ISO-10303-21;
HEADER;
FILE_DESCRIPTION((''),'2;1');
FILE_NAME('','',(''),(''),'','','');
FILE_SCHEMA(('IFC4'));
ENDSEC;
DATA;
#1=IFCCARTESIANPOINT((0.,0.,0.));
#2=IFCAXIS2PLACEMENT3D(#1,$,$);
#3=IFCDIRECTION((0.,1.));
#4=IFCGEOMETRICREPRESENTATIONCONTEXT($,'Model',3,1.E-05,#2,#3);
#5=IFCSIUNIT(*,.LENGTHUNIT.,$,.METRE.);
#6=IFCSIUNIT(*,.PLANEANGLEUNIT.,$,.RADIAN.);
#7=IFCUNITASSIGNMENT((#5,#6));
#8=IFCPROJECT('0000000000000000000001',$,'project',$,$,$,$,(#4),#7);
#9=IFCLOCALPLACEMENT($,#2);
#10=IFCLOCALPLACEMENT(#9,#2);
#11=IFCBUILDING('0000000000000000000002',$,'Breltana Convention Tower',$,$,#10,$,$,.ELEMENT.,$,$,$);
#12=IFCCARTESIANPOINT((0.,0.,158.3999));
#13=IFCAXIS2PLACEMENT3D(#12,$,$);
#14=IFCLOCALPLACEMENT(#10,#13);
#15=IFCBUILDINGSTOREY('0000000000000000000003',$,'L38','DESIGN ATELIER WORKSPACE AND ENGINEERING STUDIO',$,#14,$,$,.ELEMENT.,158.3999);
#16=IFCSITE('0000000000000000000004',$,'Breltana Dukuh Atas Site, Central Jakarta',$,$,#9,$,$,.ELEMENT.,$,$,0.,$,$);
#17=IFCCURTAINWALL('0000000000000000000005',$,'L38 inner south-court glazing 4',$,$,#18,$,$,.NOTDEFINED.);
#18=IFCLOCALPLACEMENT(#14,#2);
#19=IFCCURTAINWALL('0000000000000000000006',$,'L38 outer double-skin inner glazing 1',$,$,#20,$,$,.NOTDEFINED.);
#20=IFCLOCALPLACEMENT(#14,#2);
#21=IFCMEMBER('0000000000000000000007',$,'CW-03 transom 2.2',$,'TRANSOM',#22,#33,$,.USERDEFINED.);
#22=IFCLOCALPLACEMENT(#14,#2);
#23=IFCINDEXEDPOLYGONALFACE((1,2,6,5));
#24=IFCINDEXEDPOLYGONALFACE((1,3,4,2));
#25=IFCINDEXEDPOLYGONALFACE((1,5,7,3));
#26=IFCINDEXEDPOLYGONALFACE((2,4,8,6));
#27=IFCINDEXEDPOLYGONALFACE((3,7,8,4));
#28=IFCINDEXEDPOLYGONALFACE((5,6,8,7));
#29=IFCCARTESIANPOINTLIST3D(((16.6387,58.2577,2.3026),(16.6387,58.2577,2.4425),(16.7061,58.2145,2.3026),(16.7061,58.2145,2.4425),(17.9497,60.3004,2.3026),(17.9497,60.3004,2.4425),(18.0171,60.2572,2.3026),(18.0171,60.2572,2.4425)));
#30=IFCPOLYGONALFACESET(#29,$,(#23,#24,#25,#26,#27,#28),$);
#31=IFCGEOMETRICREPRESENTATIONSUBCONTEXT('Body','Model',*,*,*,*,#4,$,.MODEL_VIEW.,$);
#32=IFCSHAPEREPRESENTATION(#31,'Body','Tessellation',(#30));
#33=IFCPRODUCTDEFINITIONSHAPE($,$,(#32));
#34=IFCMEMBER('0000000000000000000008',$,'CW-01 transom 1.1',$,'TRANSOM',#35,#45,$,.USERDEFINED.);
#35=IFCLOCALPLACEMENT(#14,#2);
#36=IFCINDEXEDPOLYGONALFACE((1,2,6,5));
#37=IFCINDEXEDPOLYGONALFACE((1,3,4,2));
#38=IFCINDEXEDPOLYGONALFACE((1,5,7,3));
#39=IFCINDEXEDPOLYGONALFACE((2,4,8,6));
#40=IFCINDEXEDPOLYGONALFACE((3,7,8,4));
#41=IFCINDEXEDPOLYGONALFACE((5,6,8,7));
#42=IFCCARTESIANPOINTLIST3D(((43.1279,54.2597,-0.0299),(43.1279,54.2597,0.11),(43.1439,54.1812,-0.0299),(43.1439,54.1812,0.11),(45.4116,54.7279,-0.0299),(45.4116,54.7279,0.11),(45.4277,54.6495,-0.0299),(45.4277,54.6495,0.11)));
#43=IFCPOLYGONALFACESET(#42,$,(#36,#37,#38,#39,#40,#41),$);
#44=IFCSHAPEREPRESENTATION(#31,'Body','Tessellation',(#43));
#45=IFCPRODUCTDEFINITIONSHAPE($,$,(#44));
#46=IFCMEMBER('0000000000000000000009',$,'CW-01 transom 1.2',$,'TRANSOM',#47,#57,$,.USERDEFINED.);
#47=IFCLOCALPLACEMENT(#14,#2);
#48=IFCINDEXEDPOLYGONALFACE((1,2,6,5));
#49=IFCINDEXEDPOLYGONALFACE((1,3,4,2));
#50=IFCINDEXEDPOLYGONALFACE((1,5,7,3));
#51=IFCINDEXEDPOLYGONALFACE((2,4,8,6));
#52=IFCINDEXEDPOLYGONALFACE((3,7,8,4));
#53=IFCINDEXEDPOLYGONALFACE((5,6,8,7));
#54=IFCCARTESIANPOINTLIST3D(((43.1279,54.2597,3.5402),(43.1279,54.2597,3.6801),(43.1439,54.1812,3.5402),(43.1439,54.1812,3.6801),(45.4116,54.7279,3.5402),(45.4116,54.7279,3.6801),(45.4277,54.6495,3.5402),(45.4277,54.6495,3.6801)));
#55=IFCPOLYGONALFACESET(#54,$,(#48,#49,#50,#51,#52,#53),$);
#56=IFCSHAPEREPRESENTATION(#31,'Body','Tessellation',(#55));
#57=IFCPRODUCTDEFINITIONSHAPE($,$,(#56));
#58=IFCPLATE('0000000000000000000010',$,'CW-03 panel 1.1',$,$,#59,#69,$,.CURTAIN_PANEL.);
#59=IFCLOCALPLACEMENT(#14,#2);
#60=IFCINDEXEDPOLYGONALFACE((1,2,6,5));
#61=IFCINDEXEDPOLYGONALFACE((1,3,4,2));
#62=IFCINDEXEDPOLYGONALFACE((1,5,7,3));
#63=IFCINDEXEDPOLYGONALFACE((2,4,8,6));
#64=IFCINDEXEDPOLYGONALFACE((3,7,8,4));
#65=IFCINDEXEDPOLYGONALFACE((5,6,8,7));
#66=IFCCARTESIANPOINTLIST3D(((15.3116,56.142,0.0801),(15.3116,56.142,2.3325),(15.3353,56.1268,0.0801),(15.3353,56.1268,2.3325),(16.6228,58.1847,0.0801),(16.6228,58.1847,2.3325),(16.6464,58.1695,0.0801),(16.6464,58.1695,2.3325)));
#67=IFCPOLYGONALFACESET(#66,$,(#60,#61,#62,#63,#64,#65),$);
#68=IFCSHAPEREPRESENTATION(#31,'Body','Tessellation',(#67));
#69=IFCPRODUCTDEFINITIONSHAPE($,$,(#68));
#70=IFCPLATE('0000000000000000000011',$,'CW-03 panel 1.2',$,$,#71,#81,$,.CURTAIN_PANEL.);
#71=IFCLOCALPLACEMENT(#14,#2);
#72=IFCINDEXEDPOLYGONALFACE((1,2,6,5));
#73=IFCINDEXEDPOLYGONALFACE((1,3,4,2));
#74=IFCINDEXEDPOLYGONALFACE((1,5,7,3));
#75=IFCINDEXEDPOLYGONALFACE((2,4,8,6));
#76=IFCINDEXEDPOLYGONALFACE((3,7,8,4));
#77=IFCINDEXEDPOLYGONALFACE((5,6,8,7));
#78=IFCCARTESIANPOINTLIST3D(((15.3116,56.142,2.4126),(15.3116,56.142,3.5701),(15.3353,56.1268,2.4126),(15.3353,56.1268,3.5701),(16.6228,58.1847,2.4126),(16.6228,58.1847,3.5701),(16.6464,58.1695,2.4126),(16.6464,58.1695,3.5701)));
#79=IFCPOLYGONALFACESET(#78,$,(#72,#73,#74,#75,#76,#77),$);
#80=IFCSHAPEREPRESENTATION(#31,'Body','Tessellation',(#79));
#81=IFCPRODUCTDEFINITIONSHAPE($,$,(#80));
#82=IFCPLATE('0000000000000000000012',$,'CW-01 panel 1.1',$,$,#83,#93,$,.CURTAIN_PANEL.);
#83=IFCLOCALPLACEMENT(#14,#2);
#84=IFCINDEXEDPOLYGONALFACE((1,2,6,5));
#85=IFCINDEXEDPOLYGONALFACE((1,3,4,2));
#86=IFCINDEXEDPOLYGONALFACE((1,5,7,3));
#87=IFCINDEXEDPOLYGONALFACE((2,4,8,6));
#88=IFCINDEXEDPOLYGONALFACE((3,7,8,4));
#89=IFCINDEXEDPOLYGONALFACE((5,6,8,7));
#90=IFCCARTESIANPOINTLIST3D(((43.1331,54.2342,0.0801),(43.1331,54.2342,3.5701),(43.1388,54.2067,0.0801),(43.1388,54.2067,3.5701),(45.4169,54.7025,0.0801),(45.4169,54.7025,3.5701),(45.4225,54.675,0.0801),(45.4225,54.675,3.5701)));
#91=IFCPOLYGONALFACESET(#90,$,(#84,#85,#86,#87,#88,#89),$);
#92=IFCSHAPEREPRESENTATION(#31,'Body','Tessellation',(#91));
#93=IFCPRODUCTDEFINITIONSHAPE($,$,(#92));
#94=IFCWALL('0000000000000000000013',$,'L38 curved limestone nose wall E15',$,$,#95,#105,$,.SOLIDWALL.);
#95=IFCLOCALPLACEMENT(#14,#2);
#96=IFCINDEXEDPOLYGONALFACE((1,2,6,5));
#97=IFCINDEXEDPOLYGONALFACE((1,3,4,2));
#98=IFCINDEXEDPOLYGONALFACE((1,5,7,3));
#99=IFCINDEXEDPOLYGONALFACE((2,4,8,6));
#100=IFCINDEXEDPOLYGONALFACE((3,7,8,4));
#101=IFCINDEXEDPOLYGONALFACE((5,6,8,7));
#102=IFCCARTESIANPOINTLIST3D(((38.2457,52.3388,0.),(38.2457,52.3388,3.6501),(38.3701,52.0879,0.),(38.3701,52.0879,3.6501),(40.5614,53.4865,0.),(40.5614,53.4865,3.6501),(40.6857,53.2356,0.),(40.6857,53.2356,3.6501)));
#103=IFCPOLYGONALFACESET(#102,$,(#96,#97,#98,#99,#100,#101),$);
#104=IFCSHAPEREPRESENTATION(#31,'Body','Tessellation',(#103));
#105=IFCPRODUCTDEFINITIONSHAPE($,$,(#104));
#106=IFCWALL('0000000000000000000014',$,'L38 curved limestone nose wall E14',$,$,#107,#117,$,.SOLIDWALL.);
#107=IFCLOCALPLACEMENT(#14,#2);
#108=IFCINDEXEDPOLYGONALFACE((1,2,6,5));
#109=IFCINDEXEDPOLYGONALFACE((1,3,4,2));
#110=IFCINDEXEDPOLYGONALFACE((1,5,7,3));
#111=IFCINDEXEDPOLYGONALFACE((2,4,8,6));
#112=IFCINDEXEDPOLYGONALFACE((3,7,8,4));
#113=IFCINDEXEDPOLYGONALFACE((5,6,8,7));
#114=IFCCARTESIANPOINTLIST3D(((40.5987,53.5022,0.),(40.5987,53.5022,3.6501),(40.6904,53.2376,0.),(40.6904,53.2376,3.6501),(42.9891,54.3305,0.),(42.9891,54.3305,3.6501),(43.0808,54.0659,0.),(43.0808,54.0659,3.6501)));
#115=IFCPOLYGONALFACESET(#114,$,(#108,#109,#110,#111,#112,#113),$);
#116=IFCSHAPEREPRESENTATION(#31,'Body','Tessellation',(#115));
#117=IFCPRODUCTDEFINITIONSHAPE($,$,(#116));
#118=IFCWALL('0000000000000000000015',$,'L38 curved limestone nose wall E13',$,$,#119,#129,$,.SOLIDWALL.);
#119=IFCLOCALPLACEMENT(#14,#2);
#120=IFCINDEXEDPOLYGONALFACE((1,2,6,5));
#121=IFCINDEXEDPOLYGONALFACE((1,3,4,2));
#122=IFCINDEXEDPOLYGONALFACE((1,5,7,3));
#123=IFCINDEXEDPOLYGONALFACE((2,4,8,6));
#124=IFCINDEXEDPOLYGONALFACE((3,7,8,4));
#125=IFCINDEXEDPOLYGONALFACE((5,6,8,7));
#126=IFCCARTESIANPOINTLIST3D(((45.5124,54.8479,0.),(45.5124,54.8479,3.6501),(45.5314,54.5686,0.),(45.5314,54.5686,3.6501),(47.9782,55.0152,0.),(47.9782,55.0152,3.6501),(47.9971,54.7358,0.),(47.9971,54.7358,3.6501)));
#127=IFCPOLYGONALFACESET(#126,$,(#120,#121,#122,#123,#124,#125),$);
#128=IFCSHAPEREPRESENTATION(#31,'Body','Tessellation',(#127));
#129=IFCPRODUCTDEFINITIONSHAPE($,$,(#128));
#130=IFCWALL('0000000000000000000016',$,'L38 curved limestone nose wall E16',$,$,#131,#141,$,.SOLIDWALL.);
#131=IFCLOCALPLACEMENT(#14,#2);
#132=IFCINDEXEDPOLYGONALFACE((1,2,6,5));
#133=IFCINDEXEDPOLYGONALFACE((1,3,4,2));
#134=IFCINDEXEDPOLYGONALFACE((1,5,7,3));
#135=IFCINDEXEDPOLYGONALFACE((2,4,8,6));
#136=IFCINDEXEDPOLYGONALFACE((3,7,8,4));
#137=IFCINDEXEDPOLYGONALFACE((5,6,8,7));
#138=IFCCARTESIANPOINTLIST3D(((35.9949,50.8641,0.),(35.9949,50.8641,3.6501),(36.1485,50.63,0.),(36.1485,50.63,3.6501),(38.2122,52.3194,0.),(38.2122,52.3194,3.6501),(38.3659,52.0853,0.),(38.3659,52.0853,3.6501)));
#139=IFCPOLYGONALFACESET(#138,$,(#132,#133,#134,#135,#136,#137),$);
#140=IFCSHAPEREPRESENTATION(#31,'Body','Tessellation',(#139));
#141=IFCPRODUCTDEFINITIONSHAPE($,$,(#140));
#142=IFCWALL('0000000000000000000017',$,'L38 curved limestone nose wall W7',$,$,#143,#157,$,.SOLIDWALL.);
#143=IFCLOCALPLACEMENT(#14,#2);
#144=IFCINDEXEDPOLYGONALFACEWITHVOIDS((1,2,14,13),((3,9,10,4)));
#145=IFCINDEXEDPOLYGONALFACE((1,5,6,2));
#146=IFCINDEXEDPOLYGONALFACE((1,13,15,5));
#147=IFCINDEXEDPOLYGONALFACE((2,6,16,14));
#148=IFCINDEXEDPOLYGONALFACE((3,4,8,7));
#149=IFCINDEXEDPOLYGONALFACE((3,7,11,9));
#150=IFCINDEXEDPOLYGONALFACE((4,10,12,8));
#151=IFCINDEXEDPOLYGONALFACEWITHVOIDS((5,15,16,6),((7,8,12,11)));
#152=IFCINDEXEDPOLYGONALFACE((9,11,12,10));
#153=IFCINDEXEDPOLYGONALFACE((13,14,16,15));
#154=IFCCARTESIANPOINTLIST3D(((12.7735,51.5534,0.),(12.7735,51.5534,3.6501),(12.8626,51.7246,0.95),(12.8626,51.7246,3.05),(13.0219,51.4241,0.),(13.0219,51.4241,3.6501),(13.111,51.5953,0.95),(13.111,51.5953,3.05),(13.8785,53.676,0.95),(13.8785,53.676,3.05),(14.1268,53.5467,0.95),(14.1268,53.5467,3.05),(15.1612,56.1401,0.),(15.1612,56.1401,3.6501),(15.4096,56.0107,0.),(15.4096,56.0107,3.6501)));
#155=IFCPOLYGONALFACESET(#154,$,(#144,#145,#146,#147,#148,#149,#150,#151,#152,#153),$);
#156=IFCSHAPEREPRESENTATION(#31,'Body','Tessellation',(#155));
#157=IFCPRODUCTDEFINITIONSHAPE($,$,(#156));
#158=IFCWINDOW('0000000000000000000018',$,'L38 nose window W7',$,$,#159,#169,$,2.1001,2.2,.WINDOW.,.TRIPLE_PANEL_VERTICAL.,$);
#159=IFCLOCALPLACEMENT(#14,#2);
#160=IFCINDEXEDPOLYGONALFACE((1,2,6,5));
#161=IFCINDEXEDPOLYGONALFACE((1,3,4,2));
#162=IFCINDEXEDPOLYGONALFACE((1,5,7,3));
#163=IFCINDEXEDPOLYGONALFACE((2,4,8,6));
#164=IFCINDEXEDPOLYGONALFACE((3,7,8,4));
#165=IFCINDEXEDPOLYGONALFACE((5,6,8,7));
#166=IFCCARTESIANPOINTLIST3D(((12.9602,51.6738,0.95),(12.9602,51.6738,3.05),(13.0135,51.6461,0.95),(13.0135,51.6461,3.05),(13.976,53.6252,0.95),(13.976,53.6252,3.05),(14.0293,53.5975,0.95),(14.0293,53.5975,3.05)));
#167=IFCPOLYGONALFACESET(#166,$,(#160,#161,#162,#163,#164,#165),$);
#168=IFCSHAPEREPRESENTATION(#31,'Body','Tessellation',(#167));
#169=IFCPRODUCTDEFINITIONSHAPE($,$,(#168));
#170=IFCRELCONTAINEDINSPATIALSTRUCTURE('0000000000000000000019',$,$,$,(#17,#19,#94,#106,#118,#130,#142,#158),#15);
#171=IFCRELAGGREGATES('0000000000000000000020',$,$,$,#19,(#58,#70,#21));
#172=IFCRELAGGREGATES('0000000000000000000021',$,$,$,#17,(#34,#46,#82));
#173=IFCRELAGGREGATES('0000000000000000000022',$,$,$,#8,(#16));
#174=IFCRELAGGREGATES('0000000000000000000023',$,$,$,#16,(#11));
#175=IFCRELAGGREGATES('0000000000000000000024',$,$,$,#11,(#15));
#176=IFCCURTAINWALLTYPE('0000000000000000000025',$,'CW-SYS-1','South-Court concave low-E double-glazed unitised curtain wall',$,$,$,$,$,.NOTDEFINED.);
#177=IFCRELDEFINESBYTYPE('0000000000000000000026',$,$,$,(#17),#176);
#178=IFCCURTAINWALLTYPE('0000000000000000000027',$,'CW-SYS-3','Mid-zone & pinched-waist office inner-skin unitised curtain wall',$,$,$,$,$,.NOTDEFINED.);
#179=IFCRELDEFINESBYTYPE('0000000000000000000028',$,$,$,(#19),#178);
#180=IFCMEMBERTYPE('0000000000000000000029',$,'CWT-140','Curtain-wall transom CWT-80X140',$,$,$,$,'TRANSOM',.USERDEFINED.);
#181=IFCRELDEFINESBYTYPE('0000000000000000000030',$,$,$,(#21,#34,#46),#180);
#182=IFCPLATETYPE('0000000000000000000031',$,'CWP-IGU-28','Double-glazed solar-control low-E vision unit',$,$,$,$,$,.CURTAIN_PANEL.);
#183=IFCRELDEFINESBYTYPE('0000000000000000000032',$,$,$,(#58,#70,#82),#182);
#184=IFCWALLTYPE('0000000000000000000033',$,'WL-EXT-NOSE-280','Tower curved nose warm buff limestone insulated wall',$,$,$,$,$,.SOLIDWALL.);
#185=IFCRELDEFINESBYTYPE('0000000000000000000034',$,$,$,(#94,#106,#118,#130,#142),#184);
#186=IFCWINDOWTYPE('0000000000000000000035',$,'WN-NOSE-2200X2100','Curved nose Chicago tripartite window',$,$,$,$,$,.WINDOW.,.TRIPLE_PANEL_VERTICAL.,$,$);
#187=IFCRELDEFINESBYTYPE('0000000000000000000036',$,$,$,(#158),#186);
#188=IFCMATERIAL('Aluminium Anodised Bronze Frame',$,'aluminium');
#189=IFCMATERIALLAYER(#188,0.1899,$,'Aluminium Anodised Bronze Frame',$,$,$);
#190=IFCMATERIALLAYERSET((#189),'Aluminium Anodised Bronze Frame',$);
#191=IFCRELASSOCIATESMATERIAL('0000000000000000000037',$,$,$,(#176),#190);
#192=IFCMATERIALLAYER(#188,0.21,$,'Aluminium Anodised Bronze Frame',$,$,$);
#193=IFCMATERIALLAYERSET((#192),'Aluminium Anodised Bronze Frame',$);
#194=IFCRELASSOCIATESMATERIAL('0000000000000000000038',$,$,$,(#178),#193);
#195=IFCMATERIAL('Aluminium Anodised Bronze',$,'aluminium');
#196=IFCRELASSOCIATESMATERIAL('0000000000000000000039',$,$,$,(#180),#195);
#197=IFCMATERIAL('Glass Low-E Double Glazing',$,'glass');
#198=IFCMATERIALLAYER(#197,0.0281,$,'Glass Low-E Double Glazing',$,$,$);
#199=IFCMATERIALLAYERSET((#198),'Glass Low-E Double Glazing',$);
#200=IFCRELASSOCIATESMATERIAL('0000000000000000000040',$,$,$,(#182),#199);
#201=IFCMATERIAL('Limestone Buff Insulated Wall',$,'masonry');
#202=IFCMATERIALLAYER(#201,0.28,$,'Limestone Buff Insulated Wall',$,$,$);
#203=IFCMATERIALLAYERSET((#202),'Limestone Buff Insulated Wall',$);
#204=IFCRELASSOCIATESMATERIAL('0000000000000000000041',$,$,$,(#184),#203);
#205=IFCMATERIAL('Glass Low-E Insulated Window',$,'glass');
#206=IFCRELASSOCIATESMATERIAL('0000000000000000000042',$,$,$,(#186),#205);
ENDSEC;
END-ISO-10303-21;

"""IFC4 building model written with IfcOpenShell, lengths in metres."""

from ifc_helpers import new_model, si_unit, direction, frame, frame_2d, origin, origin_2d, place, context, subcontext, project, spatial, rectangle, extrude, source, transform, mapped, material, layer, layer_set, material_profile, profile_set, type_object, type_shapes, element, fill, aggregate, save


model = new_model("IFC4")

# Units and contexts
model_context = context("Model", 3, precision=1e-05, world=origin(), true_north=direction((0.0, 1.0)))
body_context = subcontext(model_context, "Body", "Model", "MODEL_VIEW")
ifc_project = project(units=[si_unit("LENGTHUNIT", "METRE"), si_unit("PLANEANGLEUNIT", "RADIAN")], contexts=[model_context])

# Site, building, storey
site_placement = place(None, origin())
site = spatial("IfcSite", under=ifc_project, at=site_placement, Name="Breltana Dukuh Atas Site, Central Jakarta", CompositionType="ELEMENT", RefElevation=0.0)
building_placement = place(site_placement, origin())
building = spatial("IfcBuilding", under=site, at=building_placement, Name="Breltana Convention Tower", CompositionType="ELEMENT")
storey_placement = place(building_placement, frame((0.0, 0.0, 158.3999)))
storey = spatial("IfcBuildingStorey", under=building, at=storey_placement, Name="L38", Description="DESIGN ATELIER WORKSPACE AND ENGINEERING STUDIO", CompositionType="ELEMENT", Elevation=158.3999)

# Curtain walls, member
ifc_material_1 = material(Name="Aluminium Anodised Bronze Frame", Category="aluminium")
ifc_layer_1 = layer(ifc_material_1, 0.1899, Name="Aluminium Anodised Bronze Frame")
ifc_layer_set_1 = layer_set([ifc_layer_1], Name="Aluminium Anodised Bronze Frame")
curtain_wall_type_1 = type_object("IfcCurtainWallType", Name="CW-SYS-1", Description="South-Court concave low-E double-glazed unitised curtain wall", PredefinedType="NOTDEFINED", material=ifc_layer_set_1)
curtain_wall_1_placement = place(storey_placement, origin())
curtain_wall_1 = element("IfcCurtainWall", 1, at=curtain_wall_1_placement, inside=storey, type_object=curtain_wall_type_1, Name="L38 inner south-court glazing 4", PredefinedType="NOTDEFINED")
ifc_material_2 = material(Name="Aluminium Anodised Bronze", Category="aluminium")
ifc_layer_2 = layer(ifc_material_1, 0.21, Name="Aluminium Anodised Bronze Frame")
ifc_layer_set_2 = layer_set([ifc_layer_2], Name="Aluminium Anodised Bronze Frame")
curtain_wall_type_2 = type_object("IfcCurtainWallType", Name="CW-SYS-3", Description="Mid-zone & pinched-waist office inner-skin unitised curtain wall", PredefinedType="NOTDEFINED", material=ifc_layer_set_2)
curtain_wall_2_placement = place(storey_placement, origin())
curtain_wall_2 = element("IfcCurtainWall", 2, at=curtain_wall_2_placement, inside=storey, type_object=curtain_wall_type_2, Name="L38 outer double-skin inner glazing 1", PredefinedType="NOTDEFINED")
ifc_material_profile_1 = material_profile(ifc_material_2, rectangle(XDim=0.0801, YDim=0.1399, at=origin_2d()), Name="CWT-80X140")
ifc_profile_set_1 = profile_set([ifc_material_profile_1], Name="Aluminium Anodised Bronze")
member_type_1 = type_object("IfcMemberType", Name="CWT-140", Description="Curtain-wall transom CWT-80X140", ElementType="TRANSOM", PredefinedType="USERDEFINED", material=ifc_profile_set_1)
shared_shape_1 = source(origin(), body_context, "Body", "SweptSolid", [
    extrude(rectangle(XDim=0.0801, YDim=0.1399, at=origin_2d()), origin(), (0.0, 0.0, 1.0), 2.4272),
])
member_1_placement = place(storey_placement, frame((16.6724, 58.2361, 2.3726), z_axis=(0.540132, 0.84158, 0.0), x_axis=(-0.84158, 0.540132, 0.0)))
member_1 = element("IfcMember", 3, at=member_1_placement, type_object=member_type_1, Name="CW-03 transom 2.2", ObjectType="TRANSOM", PredefinedType="USERDEFINED", context=body_context, shape_type="MappedRepresentation", body=[
    mapped(shared_shape_1, transform((0.0, 0.0, 0.0), scale=1.0)),
])

# Members
shared_shape_2 = source(origin(), body_context, "Body", "SweptSolid", [
    extrude(rectangle(XDim=0.0801, YDim=0.1399, at=origin_2d()), origin(), (0.0, 0.0, 1.0), 2.3313),
])
member_2_placement = place(storey_placement, frame((45.4197, 54.6887, 0.04), z_axis=(-0.979619, -0.200867, 0.0), x_axis=(0.200867, -0.979619, 0.0)))
member_2 = element("IfcMember", 4, at=member_2_placement, type_object=member_type_1, Name="CW-01 transom 1.1", ObjectType="TRANSOM", PredefinedType="USERDEFINED", context=body_context, shape_type="MappedRepresentation", body=[
    mapped(shared_shape_2, transform((0.0, 0.0, 0.0), scale=1.0)),
])
member_3_placement = place(storey_placement, frame((45.4197, 54.6887, 3.6101), z_axis=(-0.979619, -0.200867, 0.0), x_axis=(0.200867, -0.979619, 0.0)))
member_3 = element("IfcMember", 5, at=member_3_placement, type_object=member_type_1, Name="CW-01 transom 1.2", ObjectType="TRANSOM", PredefinedType="USERDEFINED", context=body_context, shape_type="MappedRepresentation", body=[
    mapped(shared_shape_2, transform((0.0, 0.0, 0.0), scale=1.0)),
])

# Plates
ifc_material_3 = material(Name="Glass Low-E Double Glazing", Category="glass")
ifc_layer_3 = layer(ifc_material_3, 0.0281, Name="Glass Low-E Double Glazing")
ifc_layer_set_3 = layer_set([ifc_layer_3], Name="Glass Low-E Double Glazing")
plate_type = type_object("IfcPlateType", Name="CWP-IGU-28", Description="Double-glazed solar-control low-E vision unit", PredefinedType="CURTAIN_PANEL", material=ifc_layer_set_3)
shared_shape_3 = source(origin(), body_context, "Body", "SweptSolid", [
    extrude(rectangle(XDim=2.4272, YDim=0.0281, at=origin_2d()), origin(), (0.0, 0.0, 1.0), 2.2524),
])
plate_1_placement = place(storey_placement, frame((15.979, 57.1558, 0.0801), z_axis=(0.0, 0.0, 1.0), x_axis=(0.540173, 0.841554, 0.0)))
plate_1 = element("IfcPlate", 6, at=plate_1_placement, type_object=plate_type, Name="CW-03 panel 1.1", PredefinedType="CURTAIN_PANEL", context=body_context, shape_type="MappedRepresentation", body=[
    mapped(shared_shape_3, transform((0.0, 0.0, 0.0), scale=1.0)),
])
shared_shape_4 = source(origin(), body_context, "Body", "SweptSolid", [
    extrude(rectangle(XDim=2.4272, YDim=0.0281, at=origin_2d()), origin(), (0.0, 0.0, 1.0), 1.1575),
])
plate_2_placement = place(storey_placement, frame((15.979, 57.1558, 2.4126), z_axis=(0.0, 0.0, 1.0), x_axis=(0.540173, 0.841554, 0.0)))
plate_2 = element("IfcPlate", 7, at=plate_2_placement, type_object=plate_type, Name="CW-03 panel 1.2", PredefinedType="CURTAIN_PANEL", context=body_context, shape_type="MappedRepresentation", body=[
    mapped(shared_shape_4, transform((0.0, 0.0, 0.0), scale=1.0)),
])
aggregate(curtain_wall_2, [plate_1, plate_2, member_1])
shared_shape_5 = source(origin(), body_context, "Body", "SweptSolid", [
    extrude(rectangle(XDim=2.3313, YDim=0.0281, at=origin_2d()), origin(), (0.0, 0.0, 1.0), 3.49),
])
plate_3_placement = place(storey_placement, frame((44.2778, 54.4546, 0.0801), z_axis=(0.0, 0.0, 1.0), x_axis=(-0.97962, -0.200861, 0.0)))
plate_3 = element("IfcPlate", 8, at=plate_3_placement, type_object=plate_type, Name="CW-01 panel 1.1", PredefinedType="CURTAIN_PANEL", context=body_context, shape_type="MappedRepresentation", body=[
    mapped(shared_shape_5, transform((0.0, 0.0, 0.0), scale=1.0)),
])
aggregate(curtain_wall_1, [member_2, member_3, plate_3])

# Walls
ifc_material_4 = material(Name="Limestone Buff Insulated Wall", Category="masonry")
ifc_layer_4 = layer(ifc_material_4, 0.28, Name="Limestone Buff Insulated Wall")
ifc_layer_set_4 = layer_set([ifc_layer_4], Name="Limestone Buff Insulated Wall")
wall_type_1 = type_object("IfcWallType", Name="WL-EXT-NOSE-280", Description="Tower curved nose warm buff limestone insulated wall", PredefinedType="SOLIDWALL", material=ifc_layer_set_4)
shared_shape_6 = source(origin(), body_context, "Body", "SweptSolid", [
    extrude(rectangle(XDim=2.5845, YDim=0.28, at=frame_2d((1.2922, 0.0))), origin(), (0.0, 0.0, 1.0), 3.6501),
])
wall_1_placement = place(storey_placement, frame((40.6235, 53.3611, 0.0), z_axis=(0.0, 0.0, 1.0), x_axis=(-0.89599, -0.444075, 0.0)))
element("IfcWall", 9, at=wall_1_placement, inside=storey, type_object=wall_type_1, Name="L38 curved limestone nose wall E15", PredefinedType="SOLIDWALL", context=body_context, shape_type="MappedRepresentation", body=[
    mapped(shared_shape_6, transform((0.0, 0.0, 0.0), scale=1.0)),
])
shared_shape_7 = source(origin(), body_context, "Body", "SweptSolid", [
    extrude(rectangle(XDim=2.5298, YDim=0.28, at=frame_2d((1.2649, 0.0))), origin(), (0.0, 0.0, 1.0), 3.6501),
])
wall_2_placement = place(storey_placement, frame((43.0349, 54.1982, 0.0), z_axis=(0.0, 0.0, 1.0), x_axis=(-0.944872, -0.327439, 0.0)))
element("IfcWall", 10, at=wall_2_placement, inside=storey, type_object=wall_type_1, Name="L38 curved limestone nose wall E14", PredefinedType="SOLIDWALL", context=body_context, shape_type="MappedRepresentation", body=[
    mapped(shared_shape_7, transform((0.0, 0.0, 0.0), scale=1.0)),
])
shared_shape_8 = source(origin(), body_context, "Body", "SweptSolid", [
    extrude(rectangle(XDim=2.4714, YDim=0.28, at=frame_2d((1.2358, 0.0))), origin(), (0.0, 0.0, 1.0), 3.6501),
])
wall_3_placement = place(storey_placement, frame((47.9878, 54.8755, 0.0), z_axis=(0.0, 0.0, 1.0), x_axis=(-0.997708, -0.067666, 0.0)))
element("IfcWall", 11, at=wall_3_placement, inside=storey, type_object=wall_type_1, Name="L38 curved limestone nose wall E13", PredefinedType="SOLIDWALL", context=body_context, shape_type="MappedRepresentation", body=[
    mapped(shared_shape_8, transform((0.0, 0.0, 0.0), scale=1.0)),
])
shared_shape_9 = source(origin(), body_context, "Body", "SweptSolid", [
    extrude(rectangle(XDim=2.6523, YDim=0.28, at=frame_2d((1.3262, 0.0))), origin(), (0.0, 0.0, 1.0), 3.6501),
])
wall_4_placement = place(storey_placement, frame((38.2891, 52.2024, 0.0), z_axis=(0.0, 0.0, 1.0), x_axis=(-0.836008, -0.548717, 0.0)))
element("IfcWall", 12, at=wall_4_placement, inside=storey, type_object=wall_type_1, Name="L38 curved limestone nose wall E16", PredefinedType="SOLIDWALL", context=body_context, shape_type="MappedRepresentation", body=[
    mapped(shared_shape_9, transform((0.0, 0.0, 0.0), scale=1.0)),
])

# Wall, opening, window
shared_shape_10 = source(origin(), body_context, "Body", "SweptSolid", [
    extrude(rectangle(XDim=5.1709, YDim=0.28, at=frame_2d((2.5854, 0.0))), origin(), (0.0, 0.0, 1.0), 3.6501),
])
wall_5_placement = place(storey_placement, frame((12.8977, 51.4888, 0.0), z_axis=(0.0, 0.0, 1.0), x_axis=(0.461753, 0.887009, 0.0)))
wall_5 = element("IfcWall", 13, at=wall_5_placement, inside=storey, type_object=wall_type_1, Name="L38 curved limestone nose wall W7", PredefinedType="SOLIDWALL", context=body_context, shape_type="MappedRepresentation", body=[
    mapped(shared_shape_10, transform((0.0, 0.0, 0.0), scale=1.0)),
])
opening_1_placement = place(wall_5_placement, frame((0.1929, 0.0, 0.95)))
opening_1 = element("IfcOpeningElement", 14, at=opening_1_placement, cuts=wall_5, PredefinedType="OPENING", context=body_context, shape_type="SweptSolid", body=[
    extrude(rectangle(XDim=2.2, YDim=2.1001, at=frame_2d((1.1001, 1.05))), frame((0.0, 0.1499, 0.0), z_axis=(0.0, -1.0, 0.0), x_axis=(1.0, 0.0, 0.0)), (0.0, 0.0, 1.0), 0.3),
])
ifc_material_5 = material(Name="Glass Low-E Insulated Window", Category="glass")
window_type = type_object("IfcWindowType", Name="WN-NOSE-2200X2100", Description="Curved nose Chicago tripartite window", PartitioningType="TRIPLE_PANEL_VERTICAL", PredefinedType="WINDOW", material=ifc_material_5)
shared_shape_11 = source(origin(), body_context, "Body", "SweptSolid", [
    extrude(rectangle(XDim=2.2, YDim=2.1001, at=frame_2d((1.1001, 1.05))), frame((0.0, 0.03, 0.0), z_axis=(0.0, -1.0, 0.0), x_axis=(1.0, 0.0, 0.0)), (0.0, 0.0, 1.0), 0.0601),
])
type_shapes(window_type, [shared_shape_11])
window_placement = place(opening_1_placement, origin())
window = element("IfcWindow", 15, at=window_placement, inside=storey, type_object=window_type, Name="L38 nose window W7", OverallHeight=2.1001, OverallWidth=2.2, PartitioningType="TRIPLE_PANEL_VERTICAL", PredefinedType="WINDOW", context=body_context, shape_type="MappedRepresentation", body=[
    mapped(shared_shape_11, transform((0.0, 0.0, 0.0), scale=1.0)),
])
fill(opening_1, window)

save(model, "model.ifc")
